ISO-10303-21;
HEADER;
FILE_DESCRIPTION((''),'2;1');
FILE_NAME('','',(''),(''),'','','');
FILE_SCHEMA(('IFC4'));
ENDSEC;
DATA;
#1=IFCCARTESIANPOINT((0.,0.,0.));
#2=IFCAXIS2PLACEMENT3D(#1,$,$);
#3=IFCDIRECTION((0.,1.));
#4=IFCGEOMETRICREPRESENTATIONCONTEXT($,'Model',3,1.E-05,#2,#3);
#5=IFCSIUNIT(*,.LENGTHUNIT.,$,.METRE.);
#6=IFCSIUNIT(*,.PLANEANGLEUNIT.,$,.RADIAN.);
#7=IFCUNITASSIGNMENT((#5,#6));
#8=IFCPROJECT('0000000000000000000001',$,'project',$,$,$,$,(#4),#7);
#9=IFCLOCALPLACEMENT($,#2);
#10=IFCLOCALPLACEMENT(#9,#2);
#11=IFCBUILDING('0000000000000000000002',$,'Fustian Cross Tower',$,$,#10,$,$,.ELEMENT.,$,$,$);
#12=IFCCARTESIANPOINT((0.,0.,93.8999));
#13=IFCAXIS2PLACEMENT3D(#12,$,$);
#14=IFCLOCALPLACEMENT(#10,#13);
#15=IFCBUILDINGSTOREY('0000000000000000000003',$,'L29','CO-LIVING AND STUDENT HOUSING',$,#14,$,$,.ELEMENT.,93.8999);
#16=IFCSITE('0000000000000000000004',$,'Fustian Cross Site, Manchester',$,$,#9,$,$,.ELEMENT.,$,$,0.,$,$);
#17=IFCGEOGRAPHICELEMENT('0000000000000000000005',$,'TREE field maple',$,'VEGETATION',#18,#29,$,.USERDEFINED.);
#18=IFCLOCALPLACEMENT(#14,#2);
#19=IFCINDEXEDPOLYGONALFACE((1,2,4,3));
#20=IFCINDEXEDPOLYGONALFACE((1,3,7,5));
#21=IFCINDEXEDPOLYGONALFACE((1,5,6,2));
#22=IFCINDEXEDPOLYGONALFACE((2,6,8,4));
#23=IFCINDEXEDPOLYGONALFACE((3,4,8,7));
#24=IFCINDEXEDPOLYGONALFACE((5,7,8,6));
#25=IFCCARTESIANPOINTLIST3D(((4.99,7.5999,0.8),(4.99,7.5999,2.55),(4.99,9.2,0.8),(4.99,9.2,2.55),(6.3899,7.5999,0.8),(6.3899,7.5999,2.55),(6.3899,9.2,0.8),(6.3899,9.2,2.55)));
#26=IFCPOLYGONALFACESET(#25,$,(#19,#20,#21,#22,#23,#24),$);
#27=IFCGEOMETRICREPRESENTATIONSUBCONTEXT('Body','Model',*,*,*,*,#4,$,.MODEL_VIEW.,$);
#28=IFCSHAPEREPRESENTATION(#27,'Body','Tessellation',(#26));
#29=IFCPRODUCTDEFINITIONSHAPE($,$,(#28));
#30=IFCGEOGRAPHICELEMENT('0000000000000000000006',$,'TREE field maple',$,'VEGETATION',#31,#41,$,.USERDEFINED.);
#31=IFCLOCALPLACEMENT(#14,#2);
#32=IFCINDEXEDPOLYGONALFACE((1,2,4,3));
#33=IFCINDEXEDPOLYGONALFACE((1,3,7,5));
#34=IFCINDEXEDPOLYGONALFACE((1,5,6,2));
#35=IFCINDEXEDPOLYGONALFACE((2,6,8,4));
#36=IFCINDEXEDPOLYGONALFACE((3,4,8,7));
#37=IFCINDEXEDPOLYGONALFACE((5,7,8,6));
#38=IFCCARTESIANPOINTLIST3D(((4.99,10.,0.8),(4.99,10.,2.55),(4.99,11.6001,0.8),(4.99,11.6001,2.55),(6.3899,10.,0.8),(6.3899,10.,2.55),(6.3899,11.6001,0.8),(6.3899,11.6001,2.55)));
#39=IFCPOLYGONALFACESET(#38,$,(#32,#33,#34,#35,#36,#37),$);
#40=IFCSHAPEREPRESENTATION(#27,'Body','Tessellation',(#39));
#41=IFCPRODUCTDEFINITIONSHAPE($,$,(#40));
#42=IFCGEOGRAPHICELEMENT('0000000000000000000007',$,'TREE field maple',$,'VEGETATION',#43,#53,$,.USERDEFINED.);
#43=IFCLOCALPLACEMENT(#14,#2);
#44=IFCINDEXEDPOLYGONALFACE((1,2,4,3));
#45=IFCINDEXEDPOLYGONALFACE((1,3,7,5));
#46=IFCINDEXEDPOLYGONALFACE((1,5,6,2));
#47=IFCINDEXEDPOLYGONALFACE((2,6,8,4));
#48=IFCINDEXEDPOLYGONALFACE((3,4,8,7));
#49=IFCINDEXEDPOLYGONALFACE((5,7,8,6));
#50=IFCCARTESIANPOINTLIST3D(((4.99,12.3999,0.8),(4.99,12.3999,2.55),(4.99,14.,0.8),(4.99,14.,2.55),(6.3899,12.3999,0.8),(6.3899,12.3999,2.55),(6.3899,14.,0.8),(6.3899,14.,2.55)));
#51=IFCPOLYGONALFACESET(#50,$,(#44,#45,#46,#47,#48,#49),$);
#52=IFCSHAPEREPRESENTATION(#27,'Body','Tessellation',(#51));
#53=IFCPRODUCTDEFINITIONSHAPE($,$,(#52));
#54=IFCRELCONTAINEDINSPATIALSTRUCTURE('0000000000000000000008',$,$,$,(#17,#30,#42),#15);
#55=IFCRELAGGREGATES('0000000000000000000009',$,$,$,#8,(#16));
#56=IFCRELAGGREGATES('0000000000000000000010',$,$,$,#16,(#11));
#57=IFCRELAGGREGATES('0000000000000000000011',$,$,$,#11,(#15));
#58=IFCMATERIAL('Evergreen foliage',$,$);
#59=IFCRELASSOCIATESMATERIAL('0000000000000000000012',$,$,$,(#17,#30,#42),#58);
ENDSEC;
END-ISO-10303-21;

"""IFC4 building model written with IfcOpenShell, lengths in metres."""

from ifc_helpers import new_model, si_unit, direction, frame, origin, origin_2d, place, context, subcontext, project, spatial, rectangle, extrude, material, element, save


model = new_model("IFC4")

# Units and contexts
model_context = context("Model", 3, precision=1e-05, world=origin(), true_north=direction((0.0, 1.0)))
body_context = subcontext(model_context, "Body", "Model", "MODEL_VIEW")
ifc_project = project(units=[si_unit("LENGTHUNIT", "METRE"), si_unit("PLANEANGLEUNIT", "RADIAN")], contexts=[model_context])

# Site, building, storey
site_placement = place(None, origin())
site = spatial("IfcSite", under=ifc_project, at=site_placement, Name="Fustian Cross Site, Manchester", CompositionType="ELEMENT", RefElevation=0.0)
building_placement = place(site_placement, origin())
building = spatial("IfcBuilding", under=site, at=building_placement, Name="Fustian Cross Tower", CompositionType="ELEMENT")
storey_placement = place(building_placement, frame((0.0, 0.0, 93.8999)))
storey = spatial("IfcBuildingStorey", under=building, at=storey_placement, Name="L29", Description="CO-LIVING AND STUDENT HOUSING", CompositionType="ELEMENT", Elevation=93.8999)

# Geographic elements
ifc_material_1 = material(Name="Evergreen foliage")
for number, where, z_axis, x_axis, name in (
    (1, (5.6899, 8.3999, 0.8), (0.0, 0.0, 1.0), (1.0, 0.0, 0.0), "TREE field maple"),
    (2, (5.6899, 10.8, 0.8), (0.0, 0.0, 1.0), (1.0, 0.0, 0.0), "TREE field maple"),
    (3, (5.6899, 13.2, 0.8), (0.0, 0.0, 1.0), (1.0, 0.0, 0.0), "TREE field maple"),
):
    element("IfcGeographicElement", number, at=place(storey_placement, frame(where, z_axis=z_axis, x_axis=x_axis)), inside=storey, material=ifc_material_1, Name=name, ObjectType="VEGETATION", PredefinedType="USERDEFINED", context=body_context, shape_type="SweptSolid", body=[
        extrude(rectangle(XDim=1.3999, YDim=1.6001, at=origin_2d()), origin(), (0.0, 0.0, 1.0), 1.75),
    ])

save(model, "model.ifc")
